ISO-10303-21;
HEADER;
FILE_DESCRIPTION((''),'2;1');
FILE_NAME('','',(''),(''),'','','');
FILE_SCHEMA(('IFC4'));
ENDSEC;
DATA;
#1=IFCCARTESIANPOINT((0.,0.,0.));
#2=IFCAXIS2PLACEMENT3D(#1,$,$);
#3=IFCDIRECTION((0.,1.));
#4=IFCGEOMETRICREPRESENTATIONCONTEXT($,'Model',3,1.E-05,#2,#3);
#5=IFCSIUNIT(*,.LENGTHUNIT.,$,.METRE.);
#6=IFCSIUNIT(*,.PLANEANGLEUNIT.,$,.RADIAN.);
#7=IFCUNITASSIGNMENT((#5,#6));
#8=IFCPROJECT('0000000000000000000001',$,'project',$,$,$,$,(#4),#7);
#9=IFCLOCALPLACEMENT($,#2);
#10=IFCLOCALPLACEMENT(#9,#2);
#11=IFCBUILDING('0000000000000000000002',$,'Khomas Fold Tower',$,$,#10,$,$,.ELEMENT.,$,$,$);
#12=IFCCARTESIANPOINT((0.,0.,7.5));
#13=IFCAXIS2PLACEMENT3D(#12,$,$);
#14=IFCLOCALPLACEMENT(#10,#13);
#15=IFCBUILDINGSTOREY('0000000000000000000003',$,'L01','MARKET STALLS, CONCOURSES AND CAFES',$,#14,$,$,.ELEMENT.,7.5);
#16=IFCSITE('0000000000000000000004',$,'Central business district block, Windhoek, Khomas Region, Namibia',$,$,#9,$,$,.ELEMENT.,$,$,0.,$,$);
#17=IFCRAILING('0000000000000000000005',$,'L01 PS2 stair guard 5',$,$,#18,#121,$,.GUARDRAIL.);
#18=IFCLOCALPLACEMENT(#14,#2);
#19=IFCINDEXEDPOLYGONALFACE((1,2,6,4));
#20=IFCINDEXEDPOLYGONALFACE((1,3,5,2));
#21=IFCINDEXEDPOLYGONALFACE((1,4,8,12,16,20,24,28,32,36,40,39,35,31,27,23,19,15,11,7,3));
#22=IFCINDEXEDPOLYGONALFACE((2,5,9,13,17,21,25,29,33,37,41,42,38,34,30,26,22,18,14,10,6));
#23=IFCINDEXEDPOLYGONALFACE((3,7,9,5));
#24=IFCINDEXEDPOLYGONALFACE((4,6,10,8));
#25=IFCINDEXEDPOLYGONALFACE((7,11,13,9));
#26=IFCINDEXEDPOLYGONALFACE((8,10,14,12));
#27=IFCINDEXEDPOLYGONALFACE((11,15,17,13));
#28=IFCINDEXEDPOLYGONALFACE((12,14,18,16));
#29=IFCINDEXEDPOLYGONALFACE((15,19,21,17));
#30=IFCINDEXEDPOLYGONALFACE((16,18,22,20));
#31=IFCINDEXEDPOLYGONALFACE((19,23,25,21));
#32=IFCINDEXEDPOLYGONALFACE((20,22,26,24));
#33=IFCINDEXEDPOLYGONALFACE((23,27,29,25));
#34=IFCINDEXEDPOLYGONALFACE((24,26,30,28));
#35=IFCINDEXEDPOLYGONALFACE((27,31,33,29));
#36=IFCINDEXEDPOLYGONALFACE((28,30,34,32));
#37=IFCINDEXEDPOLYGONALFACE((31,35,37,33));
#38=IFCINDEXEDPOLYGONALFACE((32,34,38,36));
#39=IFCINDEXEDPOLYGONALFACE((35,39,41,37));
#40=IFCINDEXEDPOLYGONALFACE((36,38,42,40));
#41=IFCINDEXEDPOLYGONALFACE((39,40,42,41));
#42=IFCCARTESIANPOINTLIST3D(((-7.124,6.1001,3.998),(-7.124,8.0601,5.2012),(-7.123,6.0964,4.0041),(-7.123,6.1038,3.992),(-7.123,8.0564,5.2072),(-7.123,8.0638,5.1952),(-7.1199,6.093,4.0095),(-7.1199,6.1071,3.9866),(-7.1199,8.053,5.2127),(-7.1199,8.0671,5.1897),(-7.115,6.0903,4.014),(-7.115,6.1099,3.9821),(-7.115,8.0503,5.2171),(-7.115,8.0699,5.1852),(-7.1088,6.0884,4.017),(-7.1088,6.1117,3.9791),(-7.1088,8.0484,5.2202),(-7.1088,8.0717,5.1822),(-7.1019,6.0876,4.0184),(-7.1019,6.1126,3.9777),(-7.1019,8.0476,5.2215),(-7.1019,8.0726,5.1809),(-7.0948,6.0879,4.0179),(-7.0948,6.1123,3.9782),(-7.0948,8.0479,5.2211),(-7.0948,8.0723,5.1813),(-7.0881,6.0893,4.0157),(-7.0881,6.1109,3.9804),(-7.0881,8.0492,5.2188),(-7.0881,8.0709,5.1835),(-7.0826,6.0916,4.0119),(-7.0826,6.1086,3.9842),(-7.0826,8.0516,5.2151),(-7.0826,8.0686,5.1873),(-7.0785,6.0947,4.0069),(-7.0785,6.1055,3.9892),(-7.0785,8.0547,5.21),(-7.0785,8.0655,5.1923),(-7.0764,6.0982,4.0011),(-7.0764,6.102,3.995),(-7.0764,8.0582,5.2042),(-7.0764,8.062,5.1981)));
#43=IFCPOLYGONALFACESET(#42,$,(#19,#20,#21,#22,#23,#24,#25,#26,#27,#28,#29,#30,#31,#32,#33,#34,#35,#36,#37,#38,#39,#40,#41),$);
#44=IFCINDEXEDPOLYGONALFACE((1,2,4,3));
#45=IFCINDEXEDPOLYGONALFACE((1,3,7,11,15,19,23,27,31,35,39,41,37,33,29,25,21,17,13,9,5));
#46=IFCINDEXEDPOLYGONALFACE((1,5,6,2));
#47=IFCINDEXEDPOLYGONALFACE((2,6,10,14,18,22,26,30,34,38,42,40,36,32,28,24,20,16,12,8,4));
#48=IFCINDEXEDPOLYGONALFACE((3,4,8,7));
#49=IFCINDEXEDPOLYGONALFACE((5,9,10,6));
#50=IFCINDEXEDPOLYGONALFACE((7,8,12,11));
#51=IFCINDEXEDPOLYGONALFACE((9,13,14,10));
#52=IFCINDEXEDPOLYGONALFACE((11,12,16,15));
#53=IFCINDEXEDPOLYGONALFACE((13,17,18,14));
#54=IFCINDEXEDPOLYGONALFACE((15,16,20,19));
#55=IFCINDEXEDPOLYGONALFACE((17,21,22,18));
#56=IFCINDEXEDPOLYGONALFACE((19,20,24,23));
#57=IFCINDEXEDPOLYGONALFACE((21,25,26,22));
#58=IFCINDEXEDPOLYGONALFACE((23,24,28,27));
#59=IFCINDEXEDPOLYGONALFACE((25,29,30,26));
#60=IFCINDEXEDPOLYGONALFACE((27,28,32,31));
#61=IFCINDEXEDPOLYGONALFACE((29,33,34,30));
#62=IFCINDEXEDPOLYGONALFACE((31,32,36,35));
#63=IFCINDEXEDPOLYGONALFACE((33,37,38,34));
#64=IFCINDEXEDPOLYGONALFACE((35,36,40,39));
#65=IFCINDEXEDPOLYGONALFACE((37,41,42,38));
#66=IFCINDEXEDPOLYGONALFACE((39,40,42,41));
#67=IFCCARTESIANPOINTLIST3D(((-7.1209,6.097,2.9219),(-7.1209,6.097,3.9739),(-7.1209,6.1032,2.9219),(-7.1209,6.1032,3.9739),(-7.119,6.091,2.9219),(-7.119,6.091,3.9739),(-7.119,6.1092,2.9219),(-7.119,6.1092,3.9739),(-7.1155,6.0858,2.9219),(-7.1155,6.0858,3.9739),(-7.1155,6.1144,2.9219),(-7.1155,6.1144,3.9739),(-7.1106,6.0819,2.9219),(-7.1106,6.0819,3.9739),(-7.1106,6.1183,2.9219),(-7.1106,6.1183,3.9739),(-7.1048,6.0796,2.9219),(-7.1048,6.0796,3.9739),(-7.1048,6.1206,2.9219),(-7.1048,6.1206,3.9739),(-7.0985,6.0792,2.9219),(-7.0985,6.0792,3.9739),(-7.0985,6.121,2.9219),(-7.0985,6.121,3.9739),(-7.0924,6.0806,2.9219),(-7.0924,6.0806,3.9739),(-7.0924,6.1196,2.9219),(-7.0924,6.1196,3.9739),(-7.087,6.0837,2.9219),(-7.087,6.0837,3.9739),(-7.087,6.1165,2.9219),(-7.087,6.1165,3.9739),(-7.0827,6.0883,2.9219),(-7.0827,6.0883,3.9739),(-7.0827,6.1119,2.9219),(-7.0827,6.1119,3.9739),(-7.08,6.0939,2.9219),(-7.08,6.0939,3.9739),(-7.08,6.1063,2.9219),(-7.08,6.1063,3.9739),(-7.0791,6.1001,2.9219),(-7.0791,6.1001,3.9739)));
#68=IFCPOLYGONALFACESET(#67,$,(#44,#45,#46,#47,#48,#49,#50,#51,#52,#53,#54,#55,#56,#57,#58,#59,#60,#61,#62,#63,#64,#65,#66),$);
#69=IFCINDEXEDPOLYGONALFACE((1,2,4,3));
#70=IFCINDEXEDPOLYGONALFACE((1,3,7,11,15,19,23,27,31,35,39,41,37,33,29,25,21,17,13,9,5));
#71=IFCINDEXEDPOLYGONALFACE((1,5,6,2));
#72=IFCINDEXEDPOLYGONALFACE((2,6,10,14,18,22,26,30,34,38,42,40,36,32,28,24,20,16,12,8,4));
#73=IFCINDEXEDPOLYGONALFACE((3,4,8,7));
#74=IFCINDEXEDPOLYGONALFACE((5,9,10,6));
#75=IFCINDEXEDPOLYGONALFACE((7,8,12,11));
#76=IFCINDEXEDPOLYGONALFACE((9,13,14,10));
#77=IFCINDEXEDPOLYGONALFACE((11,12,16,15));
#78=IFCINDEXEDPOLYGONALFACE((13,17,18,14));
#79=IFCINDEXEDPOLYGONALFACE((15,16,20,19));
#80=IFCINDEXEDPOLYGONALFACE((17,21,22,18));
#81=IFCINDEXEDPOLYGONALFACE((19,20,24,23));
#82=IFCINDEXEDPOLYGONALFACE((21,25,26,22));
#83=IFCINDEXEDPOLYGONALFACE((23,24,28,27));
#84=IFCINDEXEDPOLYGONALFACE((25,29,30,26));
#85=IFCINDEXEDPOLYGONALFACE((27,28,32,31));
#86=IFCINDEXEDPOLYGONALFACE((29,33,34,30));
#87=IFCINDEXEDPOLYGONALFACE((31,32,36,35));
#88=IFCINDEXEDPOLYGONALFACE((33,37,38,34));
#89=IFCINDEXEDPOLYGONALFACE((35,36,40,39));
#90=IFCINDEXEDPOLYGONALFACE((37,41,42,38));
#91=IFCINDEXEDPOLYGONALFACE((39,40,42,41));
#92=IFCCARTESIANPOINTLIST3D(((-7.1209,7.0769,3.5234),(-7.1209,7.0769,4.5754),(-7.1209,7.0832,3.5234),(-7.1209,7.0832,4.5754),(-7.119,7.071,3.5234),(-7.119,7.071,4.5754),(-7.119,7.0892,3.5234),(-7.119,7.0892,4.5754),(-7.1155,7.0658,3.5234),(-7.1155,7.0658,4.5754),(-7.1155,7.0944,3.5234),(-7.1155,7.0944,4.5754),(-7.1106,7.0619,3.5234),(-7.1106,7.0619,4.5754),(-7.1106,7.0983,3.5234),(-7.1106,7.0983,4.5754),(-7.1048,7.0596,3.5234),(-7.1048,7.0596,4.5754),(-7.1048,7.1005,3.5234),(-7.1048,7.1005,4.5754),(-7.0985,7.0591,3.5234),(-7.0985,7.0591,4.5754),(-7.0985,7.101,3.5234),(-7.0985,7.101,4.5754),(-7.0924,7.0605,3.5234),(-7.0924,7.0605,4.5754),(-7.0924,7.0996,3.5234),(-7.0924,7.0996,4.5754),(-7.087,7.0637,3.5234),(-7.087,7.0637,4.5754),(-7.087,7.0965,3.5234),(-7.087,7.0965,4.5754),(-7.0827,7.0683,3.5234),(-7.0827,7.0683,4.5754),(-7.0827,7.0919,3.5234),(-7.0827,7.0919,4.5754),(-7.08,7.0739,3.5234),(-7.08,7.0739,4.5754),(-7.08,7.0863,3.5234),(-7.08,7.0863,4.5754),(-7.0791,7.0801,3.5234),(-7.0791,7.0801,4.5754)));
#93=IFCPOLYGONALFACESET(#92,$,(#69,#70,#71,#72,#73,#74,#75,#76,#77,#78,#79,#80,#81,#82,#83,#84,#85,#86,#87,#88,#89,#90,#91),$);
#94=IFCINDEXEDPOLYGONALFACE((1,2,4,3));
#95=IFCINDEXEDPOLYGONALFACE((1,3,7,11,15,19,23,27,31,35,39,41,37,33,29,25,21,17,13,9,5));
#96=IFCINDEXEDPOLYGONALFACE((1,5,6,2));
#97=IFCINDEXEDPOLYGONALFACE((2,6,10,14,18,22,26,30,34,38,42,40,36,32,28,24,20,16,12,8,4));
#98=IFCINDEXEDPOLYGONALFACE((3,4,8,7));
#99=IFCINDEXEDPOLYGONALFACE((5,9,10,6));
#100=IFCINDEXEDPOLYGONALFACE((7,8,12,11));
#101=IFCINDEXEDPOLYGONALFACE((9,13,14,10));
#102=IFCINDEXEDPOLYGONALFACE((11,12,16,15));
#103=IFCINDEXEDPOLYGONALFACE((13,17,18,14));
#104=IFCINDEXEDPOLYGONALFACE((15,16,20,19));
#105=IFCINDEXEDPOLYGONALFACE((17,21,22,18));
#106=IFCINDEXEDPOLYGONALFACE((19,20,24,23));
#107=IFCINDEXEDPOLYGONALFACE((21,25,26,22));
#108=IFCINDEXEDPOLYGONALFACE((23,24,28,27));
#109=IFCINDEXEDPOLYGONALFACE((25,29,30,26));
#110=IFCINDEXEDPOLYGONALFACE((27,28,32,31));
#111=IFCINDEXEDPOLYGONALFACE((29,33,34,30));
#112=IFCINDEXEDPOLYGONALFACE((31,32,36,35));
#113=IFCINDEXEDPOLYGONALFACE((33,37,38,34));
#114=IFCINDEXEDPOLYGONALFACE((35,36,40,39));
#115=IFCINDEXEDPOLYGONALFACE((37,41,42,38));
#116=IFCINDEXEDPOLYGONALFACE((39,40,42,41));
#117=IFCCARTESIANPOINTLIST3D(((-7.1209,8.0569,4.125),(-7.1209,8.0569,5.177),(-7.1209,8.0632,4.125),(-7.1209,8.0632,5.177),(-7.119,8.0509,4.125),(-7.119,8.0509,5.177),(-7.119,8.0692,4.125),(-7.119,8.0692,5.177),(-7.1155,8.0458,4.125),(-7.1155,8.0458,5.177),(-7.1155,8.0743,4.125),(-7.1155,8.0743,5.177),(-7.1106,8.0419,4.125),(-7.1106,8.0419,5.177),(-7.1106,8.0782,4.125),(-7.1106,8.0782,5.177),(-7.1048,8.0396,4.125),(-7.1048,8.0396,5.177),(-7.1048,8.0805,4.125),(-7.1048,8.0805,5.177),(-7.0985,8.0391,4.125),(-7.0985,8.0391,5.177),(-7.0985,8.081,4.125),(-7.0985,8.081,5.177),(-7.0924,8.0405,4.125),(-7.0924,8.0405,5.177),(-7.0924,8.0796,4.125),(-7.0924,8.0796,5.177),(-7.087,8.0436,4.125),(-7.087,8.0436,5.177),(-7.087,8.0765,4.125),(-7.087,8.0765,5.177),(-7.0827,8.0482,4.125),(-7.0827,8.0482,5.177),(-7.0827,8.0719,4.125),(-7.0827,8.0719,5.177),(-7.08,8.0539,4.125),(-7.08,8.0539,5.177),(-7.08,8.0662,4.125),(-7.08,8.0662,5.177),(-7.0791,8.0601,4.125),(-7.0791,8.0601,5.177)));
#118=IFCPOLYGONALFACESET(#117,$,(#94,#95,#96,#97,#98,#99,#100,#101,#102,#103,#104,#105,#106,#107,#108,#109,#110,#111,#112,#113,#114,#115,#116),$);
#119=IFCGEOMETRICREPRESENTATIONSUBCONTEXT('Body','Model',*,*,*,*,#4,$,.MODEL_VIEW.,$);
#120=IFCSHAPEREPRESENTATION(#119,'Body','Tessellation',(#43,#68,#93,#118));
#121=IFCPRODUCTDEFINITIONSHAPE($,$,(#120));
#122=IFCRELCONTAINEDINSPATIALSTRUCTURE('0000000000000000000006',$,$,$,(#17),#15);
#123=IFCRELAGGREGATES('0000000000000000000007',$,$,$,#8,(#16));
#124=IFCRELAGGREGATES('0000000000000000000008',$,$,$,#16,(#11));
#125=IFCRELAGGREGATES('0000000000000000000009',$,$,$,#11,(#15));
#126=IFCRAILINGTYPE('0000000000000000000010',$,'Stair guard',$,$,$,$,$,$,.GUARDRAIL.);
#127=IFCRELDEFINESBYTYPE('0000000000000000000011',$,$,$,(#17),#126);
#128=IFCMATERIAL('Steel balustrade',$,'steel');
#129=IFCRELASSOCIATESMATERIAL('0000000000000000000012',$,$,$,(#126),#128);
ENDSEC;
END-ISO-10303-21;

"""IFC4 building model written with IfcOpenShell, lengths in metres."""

from ifc_helpers import new_model, si_unit, direction, frame, origin, origin_2d, place, context, subcontext, project, spatial, circle, extrude, source, transform, mapped, material, type_object, element, save


model = new_model("IFC4")

# Units and contexts
model_context = context("Model", 3, precision=1e-05, world=origin(), true_north=direction((0.0, 1.0)))
body_context = subcontext(model_context, "Body", "Model", "MODEL_VIEW")
ifc_project = project(units=[si_unit("LENGTHUNIT", "METRE"), si_unit("PLANEANGLEUNIT", "RADIAN")], contexts=[model_context])

# Site, building, storey
site_placement = place(None, origin())
site = spatial("IfcSite", under=ifc_project, at=site_placement, Name="Central business district block, Windhoek, Khomas Region, Namibia", CompositionType="ELEMENT", RefElevation=0.0)
building_placement = place(site_placement, origin())
building = spatial("IfcBuilding", under=site, at=building_placement, Name="Khomas Fold Tower", CompositionType="ELEMENT")
storey_placement = place(building_placement, frame((0.0, 0.0, 7.5)))
storey = spatial("IfcBuildingStorey", under=building, at=storey_placement, Name="L01", Description="MARKET STALLS, CONCOURSES AND CAFES", CompositionType="ELEMENT", Elevation=7.5)

# Railing
ifc_material_1 = material(Name="Steel balustrade", Category="steel")
railing_type_1 = type_object("IfcRailingType", Name="Stair guard", PredefinedType="GUARDRAIL", material=ifc_material_1)
shared_shape_1 = source(origin(), body_context, "Body", "SweptSolid", [
    extrude(circle(Radius=0.0239, at=origin_2d()), frame((0.0, 0.0, 1.0762), z_axis=(0.0, 0.852241, 0.523149), x_axis=(-1.0, 0.0, 0.0)), (0.0, 0.0, 1.0), 2.2998),
    extrude(circle(Radius=0.021, at=origin_2d()), origin(), (0.0, 0.0, 1.0), 1.052),
    extrude(circle(Radius=0.021, at=origin_2d()), frame((0.0, 0.98, 0.6016)), (0.0, 0.0, 1.0), 1.052),
    extrude(circle(Radius=0.021, at=origin_2d()), frame((0.0, 1.96, 1.2031)), (0.0, 0.0, 1.0), 1.052),
])
for number, where, name in (
    (1, (-7.1001, 6.1001, 2.9219), "L01 PS2 stair guard 5"),
):
    element("IfcRailing", number, at=place(storey_placement, frame(where)), inside=storey, type_object=railing_type_1, Name=name, PredefinedType="GUARDRAIL", context=body_context, shape_type="MappedRepresentation", body=[
        mapped(shared_shape_1, transform((0.0, 0.0, 0.0))),
    ])

save(model, "model.ifc")
